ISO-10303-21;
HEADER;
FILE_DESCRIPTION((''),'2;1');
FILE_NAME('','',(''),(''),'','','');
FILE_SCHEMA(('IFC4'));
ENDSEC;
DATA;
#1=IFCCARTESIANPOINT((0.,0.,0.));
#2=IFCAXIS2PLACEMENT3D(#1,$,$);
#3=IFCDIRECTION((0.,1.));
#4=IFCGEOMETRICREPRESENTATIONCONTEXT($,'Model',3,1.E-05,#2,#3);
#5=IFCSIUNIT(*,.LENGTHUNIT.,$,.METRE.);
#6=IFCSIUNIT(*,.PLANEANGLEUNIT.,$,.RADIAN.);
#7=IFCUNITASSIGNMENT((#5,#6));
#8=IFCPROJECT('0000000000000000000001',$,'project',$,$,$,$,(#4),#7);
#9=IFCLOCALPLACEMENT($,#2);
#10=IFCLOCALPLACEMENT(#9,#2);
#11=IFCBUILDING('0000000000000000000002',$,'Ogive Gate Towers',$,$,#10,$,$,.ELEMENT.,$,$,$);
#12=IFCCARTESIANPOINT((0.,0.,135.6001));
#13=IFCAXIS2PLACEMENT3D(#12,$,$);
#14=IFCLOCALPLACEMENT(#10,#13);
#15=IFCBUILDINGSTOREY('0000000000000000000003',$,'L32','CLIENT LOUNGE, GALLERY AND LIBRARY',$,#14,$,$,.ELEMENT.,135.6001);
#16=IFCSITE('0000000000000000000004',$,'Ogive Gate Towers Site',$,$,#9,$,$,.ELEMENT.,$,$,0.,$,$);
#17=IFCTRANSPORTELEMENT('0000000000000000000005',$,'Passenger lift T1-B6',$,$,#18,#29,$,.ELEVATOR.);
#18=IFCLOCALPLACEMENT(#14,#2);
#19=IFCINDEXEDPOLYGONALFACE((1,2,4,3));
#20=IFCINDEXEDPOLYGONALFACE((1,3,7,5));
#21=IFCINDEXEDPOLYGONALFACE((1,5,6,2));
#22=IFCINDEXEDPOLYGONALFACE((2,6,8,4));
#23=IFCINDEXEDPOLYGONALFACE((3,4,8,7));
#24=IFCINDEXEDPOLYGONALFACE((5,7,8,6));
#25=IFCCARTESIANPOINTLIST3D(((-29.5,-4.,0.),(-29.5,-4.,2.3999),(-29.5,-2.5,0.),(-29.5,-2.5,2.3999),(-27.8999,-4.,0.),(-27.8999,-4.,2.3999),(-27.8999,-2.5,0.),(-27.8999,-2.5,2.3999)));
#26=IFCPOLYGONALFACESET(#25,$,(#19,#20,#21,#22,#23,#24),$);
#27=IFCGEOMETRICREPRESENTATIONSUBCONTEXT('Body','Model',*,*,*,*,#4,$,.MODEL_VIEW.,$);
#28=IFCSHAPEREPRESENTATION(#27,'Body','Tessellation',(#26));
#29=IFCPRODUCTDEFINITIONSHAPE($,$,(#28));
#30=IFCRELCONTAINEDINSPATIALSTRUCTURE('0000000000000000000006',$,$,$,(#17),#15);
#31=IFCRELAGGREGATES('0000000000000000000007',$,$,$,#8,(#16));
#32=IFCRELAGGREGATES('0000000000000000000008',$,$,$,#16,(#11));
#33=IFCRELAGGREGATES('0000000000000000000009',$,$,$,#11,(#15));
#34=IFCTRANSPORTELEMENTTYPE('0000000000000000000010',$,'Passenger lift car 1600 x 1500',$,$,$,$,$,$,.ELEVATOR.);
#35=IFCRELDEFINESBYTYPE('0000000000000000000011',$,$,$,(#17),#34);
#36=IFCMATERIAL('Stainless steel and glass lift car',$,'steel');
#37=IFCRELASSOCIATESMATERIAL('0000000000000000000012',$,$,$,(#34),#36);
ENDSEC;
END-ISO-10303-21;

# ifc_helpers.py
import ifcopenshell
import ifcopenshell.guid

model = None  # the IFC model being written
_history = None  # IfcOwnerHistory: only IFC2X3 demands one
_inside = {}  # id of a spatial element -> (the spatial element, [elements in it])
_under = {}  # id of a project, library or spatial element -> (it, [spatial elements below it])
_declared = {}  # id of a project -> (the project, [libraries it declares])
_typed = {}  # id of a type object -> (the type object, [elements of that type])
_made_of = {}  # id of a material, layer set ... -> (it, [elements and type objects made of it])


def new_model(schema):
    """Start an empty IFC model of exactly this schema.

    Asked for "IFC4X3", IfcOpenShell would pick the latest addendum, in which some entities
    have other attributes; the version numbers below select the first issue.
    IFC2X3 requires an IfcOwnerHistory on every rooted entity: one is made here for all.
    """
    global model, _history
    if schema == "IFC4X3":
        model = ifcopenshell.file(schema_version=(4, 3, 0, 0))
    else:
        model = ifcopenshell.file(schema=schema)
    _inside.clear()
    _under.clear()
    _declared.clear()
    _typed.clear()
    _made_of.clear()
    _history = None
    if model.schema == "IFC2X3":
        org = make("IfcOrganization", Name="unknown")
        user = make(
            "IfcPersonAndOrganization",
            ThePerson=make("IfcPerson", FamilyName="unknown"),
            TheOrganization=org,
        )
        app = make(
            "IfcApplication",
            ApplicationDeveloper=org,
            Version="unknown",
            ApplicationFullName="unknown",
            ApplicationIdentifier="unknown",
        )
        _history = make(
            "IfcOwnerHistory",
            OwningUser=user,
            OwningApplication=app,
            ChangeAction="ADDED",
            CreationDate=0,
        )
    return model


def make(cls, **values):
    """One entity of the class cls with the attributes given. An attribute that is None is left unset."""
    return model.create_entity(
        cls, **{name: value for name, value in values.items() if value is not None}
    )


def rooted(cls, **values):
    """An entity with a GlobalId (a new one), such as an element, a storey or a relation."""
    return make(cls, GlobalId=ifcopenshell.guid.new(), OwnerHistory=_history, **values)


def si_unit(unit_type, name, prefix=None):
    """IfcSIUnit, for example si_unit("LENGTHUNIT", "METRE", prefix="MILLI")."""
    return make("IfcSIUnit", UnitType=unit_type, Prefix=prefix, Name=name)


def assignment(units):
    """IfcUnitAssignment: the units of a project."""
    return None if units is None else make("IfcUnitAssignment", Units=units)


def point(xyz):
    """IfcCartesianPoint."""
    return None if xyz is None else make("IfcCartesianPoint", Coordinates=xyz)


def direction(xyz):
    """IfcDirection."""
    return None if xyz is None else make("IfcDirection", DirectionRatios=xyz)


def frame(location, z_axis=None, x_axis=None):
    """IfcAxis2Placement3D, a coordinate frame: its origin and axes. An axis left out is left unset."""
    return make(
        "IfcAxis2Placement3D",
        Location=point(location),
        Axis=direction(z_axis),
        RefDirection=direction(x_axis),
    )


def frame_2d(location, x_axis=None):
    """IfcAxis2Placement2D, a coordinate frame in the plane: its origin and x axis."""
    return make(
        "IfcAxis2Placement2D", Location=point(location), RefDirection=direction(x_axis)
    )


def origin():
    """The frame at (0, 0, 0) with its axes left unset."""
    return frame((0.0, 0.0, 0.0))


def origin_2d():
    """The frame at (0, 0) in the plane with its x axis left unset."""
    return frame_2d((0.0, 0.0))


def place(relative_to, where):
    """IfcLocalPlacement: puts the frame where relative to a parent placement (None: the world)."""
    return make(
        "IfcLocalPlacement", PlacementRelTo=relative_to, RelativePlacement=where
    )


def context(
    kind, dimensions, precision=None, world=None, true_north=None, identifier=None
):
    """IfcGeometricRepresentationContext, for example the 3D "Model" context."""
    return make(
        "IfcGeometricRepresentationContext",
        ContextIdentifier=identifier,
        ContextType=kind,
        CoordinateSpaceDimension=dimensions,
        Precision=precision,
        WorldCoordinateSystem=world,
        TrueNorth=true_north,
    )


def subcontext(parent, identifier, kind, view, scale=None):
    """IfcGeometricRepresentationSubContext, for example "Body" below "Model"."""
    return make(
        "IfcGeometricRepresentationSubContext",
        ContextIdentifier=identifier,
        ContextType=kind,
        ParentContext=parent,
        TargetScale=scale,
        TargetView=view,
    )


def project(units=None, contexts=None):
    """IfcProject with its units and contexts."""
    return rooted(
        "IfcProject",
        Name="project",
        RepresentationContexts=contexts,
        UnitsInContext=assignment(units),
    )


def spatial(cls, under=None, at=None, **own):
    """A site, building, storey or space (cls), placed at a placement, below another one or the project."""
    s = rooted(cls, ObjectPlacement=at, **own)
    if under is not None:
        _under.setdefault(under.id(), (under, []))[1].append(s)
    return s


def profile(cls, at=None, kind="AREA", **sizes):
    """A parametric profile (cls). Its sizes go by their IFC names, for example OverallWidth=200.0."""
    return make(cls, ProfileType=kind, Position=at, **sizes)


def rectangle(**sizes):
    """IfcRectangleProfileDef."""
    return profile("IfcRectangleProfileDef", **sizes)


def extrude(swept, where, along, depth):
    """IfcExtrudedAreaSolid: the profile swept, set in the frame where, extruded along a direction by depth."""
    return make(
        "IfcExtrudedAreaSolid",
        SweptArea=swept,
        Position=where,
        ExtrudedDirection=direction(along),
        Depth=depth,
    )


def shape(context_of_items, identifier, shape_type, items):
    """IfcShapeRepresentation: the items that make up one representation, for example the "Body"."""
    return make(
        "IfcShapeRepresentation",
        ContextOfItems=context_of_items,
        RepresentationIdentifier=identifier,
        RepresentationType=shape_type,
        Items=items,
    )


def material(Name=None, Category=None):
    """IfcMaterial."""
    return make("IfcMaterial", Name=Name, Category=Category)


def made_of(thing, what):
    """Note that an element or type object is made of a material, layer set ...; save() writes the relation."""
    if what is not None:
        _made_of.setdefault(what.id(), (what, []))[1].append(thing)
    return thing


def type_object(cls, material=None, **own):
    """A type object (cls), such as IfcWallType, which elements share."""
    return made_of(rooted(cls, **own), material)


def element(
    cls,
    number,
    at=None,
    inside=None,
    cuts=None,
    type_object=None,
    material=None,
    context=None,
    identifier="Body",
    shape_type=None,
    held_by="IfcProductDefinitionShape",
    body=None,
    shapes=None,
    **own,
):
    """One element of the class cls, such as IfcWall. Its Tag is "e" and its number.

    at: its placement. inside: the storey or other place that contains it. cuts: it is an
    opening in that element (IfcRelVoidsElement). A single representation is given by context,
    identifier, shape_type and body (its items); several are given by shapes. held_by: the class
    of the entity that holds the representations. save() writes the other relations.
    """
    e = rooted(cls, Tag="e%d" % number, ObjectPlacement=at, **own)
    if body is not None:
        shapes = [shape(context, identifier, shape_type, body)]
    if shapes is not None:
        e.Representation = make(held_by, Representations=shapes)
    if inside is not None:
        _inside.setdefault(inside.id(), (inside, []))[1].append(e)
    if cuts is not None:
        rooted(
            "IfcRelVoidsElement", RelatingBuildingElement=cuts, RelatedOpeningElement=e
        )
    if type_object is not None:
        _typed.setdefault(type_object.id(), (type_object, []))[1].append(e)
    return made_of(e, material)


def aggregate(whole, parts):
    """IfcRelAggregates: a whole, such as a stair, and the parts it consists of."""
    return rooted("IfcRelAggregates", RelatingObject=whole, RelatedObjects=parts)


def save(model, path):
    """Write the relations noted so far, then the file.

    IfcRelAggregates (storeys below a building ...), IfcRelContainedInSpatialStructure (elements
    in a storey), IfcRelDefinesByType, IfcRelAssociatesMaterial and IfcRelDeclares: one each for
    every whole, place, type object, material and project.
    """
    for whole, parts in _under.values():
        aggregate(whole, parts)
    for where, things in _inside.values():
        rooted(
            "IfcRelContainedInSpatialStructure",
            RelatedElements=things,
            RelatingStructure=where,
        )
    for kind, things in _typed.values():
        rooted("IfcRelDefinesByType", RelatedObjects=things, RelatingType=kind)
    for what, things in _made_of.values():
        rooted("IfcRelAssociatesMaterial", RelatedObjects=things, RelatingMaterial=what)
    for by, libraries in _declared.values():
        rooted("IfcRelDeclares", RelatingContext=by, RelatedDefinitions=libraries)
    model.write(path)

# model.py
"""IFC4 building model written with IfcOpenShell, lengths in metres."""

from ifc_helpers import new_model, si_unit, direction, frame, origin, origin_2d, place, context, subcontext, project, spatial, rectangle, extrude, material, type_object, element, save


model = new_model("IFC4")

# Units and contexts
model_context = context("Model", 3, precision=1e-05, world=origin(), true_north=direction((0.0, 1.0)))
body_context = subcontext(model_context, "Body", "Model", "MODEL_VIEW")
ifc_project = project(units=[si_unit("LENGTHUNIT", "METRE"), si_unit("PLANEANGLEUNIT", "RADIAN")], contexts=[model_context])

# Site, building, storey
site_placement = place(None, origin())
site = spatial("IfcSite", under=ifc_project, at=site_placement, Name="Ogive Gate Towers Site", CompositionType="ELEMENT", RefElevation=0.0)
building_placement = place(site_placement, origin())
building = spatial("IfcBuilding", under=site, at=building_placement, Name="Ogive Gate Towers", CompositionType="ELEMENT")
storey_placement = place(building_placement, frame((0.0, 0.0, 135.6001)))
storey = spatial("IfcBuildingStorey", under=building, at=storey_placement, Name="L32", Description="CLIENT LOUNGE, GALLERY AND LIBRARY", CompositionType="ELEMENT", Elevation=135.6001)

# Transport element
ifc_material_1 = material(Name="Stainless steel and glass lift car", Category="steel")
transport_element_type = type_object("IfcTransportElementType", Name="Passenger lift car 1600 x 1500", PredefinedType="ELEVATOR", material=ifc_material_1)
for number, where, z_axis, x_axis, name in (
    (1, (-28.7, -3.25, 0.0), (0.0, 0.0, 1.0), (1.0, 0.0, 0.0), "Passenger lift T1-B6"),
):
    element("IfcTransportElement", number, at=place(storey_placement, frame(where, z_axis=z_axis, x_axis=x_axis)), inside=storey, type_object=transport_element_type, Name=name, PredefinedType="ELEVATOR", context=body_context, shape_type="SweptSolid", body=[
        extrude(rectangle(XDim=1.6001, YDim=1.5, at=origin_2d()), origin(), (0.0, 0.0, 1.0), 2.3999),
    ])

save(model, "model.ifc")
